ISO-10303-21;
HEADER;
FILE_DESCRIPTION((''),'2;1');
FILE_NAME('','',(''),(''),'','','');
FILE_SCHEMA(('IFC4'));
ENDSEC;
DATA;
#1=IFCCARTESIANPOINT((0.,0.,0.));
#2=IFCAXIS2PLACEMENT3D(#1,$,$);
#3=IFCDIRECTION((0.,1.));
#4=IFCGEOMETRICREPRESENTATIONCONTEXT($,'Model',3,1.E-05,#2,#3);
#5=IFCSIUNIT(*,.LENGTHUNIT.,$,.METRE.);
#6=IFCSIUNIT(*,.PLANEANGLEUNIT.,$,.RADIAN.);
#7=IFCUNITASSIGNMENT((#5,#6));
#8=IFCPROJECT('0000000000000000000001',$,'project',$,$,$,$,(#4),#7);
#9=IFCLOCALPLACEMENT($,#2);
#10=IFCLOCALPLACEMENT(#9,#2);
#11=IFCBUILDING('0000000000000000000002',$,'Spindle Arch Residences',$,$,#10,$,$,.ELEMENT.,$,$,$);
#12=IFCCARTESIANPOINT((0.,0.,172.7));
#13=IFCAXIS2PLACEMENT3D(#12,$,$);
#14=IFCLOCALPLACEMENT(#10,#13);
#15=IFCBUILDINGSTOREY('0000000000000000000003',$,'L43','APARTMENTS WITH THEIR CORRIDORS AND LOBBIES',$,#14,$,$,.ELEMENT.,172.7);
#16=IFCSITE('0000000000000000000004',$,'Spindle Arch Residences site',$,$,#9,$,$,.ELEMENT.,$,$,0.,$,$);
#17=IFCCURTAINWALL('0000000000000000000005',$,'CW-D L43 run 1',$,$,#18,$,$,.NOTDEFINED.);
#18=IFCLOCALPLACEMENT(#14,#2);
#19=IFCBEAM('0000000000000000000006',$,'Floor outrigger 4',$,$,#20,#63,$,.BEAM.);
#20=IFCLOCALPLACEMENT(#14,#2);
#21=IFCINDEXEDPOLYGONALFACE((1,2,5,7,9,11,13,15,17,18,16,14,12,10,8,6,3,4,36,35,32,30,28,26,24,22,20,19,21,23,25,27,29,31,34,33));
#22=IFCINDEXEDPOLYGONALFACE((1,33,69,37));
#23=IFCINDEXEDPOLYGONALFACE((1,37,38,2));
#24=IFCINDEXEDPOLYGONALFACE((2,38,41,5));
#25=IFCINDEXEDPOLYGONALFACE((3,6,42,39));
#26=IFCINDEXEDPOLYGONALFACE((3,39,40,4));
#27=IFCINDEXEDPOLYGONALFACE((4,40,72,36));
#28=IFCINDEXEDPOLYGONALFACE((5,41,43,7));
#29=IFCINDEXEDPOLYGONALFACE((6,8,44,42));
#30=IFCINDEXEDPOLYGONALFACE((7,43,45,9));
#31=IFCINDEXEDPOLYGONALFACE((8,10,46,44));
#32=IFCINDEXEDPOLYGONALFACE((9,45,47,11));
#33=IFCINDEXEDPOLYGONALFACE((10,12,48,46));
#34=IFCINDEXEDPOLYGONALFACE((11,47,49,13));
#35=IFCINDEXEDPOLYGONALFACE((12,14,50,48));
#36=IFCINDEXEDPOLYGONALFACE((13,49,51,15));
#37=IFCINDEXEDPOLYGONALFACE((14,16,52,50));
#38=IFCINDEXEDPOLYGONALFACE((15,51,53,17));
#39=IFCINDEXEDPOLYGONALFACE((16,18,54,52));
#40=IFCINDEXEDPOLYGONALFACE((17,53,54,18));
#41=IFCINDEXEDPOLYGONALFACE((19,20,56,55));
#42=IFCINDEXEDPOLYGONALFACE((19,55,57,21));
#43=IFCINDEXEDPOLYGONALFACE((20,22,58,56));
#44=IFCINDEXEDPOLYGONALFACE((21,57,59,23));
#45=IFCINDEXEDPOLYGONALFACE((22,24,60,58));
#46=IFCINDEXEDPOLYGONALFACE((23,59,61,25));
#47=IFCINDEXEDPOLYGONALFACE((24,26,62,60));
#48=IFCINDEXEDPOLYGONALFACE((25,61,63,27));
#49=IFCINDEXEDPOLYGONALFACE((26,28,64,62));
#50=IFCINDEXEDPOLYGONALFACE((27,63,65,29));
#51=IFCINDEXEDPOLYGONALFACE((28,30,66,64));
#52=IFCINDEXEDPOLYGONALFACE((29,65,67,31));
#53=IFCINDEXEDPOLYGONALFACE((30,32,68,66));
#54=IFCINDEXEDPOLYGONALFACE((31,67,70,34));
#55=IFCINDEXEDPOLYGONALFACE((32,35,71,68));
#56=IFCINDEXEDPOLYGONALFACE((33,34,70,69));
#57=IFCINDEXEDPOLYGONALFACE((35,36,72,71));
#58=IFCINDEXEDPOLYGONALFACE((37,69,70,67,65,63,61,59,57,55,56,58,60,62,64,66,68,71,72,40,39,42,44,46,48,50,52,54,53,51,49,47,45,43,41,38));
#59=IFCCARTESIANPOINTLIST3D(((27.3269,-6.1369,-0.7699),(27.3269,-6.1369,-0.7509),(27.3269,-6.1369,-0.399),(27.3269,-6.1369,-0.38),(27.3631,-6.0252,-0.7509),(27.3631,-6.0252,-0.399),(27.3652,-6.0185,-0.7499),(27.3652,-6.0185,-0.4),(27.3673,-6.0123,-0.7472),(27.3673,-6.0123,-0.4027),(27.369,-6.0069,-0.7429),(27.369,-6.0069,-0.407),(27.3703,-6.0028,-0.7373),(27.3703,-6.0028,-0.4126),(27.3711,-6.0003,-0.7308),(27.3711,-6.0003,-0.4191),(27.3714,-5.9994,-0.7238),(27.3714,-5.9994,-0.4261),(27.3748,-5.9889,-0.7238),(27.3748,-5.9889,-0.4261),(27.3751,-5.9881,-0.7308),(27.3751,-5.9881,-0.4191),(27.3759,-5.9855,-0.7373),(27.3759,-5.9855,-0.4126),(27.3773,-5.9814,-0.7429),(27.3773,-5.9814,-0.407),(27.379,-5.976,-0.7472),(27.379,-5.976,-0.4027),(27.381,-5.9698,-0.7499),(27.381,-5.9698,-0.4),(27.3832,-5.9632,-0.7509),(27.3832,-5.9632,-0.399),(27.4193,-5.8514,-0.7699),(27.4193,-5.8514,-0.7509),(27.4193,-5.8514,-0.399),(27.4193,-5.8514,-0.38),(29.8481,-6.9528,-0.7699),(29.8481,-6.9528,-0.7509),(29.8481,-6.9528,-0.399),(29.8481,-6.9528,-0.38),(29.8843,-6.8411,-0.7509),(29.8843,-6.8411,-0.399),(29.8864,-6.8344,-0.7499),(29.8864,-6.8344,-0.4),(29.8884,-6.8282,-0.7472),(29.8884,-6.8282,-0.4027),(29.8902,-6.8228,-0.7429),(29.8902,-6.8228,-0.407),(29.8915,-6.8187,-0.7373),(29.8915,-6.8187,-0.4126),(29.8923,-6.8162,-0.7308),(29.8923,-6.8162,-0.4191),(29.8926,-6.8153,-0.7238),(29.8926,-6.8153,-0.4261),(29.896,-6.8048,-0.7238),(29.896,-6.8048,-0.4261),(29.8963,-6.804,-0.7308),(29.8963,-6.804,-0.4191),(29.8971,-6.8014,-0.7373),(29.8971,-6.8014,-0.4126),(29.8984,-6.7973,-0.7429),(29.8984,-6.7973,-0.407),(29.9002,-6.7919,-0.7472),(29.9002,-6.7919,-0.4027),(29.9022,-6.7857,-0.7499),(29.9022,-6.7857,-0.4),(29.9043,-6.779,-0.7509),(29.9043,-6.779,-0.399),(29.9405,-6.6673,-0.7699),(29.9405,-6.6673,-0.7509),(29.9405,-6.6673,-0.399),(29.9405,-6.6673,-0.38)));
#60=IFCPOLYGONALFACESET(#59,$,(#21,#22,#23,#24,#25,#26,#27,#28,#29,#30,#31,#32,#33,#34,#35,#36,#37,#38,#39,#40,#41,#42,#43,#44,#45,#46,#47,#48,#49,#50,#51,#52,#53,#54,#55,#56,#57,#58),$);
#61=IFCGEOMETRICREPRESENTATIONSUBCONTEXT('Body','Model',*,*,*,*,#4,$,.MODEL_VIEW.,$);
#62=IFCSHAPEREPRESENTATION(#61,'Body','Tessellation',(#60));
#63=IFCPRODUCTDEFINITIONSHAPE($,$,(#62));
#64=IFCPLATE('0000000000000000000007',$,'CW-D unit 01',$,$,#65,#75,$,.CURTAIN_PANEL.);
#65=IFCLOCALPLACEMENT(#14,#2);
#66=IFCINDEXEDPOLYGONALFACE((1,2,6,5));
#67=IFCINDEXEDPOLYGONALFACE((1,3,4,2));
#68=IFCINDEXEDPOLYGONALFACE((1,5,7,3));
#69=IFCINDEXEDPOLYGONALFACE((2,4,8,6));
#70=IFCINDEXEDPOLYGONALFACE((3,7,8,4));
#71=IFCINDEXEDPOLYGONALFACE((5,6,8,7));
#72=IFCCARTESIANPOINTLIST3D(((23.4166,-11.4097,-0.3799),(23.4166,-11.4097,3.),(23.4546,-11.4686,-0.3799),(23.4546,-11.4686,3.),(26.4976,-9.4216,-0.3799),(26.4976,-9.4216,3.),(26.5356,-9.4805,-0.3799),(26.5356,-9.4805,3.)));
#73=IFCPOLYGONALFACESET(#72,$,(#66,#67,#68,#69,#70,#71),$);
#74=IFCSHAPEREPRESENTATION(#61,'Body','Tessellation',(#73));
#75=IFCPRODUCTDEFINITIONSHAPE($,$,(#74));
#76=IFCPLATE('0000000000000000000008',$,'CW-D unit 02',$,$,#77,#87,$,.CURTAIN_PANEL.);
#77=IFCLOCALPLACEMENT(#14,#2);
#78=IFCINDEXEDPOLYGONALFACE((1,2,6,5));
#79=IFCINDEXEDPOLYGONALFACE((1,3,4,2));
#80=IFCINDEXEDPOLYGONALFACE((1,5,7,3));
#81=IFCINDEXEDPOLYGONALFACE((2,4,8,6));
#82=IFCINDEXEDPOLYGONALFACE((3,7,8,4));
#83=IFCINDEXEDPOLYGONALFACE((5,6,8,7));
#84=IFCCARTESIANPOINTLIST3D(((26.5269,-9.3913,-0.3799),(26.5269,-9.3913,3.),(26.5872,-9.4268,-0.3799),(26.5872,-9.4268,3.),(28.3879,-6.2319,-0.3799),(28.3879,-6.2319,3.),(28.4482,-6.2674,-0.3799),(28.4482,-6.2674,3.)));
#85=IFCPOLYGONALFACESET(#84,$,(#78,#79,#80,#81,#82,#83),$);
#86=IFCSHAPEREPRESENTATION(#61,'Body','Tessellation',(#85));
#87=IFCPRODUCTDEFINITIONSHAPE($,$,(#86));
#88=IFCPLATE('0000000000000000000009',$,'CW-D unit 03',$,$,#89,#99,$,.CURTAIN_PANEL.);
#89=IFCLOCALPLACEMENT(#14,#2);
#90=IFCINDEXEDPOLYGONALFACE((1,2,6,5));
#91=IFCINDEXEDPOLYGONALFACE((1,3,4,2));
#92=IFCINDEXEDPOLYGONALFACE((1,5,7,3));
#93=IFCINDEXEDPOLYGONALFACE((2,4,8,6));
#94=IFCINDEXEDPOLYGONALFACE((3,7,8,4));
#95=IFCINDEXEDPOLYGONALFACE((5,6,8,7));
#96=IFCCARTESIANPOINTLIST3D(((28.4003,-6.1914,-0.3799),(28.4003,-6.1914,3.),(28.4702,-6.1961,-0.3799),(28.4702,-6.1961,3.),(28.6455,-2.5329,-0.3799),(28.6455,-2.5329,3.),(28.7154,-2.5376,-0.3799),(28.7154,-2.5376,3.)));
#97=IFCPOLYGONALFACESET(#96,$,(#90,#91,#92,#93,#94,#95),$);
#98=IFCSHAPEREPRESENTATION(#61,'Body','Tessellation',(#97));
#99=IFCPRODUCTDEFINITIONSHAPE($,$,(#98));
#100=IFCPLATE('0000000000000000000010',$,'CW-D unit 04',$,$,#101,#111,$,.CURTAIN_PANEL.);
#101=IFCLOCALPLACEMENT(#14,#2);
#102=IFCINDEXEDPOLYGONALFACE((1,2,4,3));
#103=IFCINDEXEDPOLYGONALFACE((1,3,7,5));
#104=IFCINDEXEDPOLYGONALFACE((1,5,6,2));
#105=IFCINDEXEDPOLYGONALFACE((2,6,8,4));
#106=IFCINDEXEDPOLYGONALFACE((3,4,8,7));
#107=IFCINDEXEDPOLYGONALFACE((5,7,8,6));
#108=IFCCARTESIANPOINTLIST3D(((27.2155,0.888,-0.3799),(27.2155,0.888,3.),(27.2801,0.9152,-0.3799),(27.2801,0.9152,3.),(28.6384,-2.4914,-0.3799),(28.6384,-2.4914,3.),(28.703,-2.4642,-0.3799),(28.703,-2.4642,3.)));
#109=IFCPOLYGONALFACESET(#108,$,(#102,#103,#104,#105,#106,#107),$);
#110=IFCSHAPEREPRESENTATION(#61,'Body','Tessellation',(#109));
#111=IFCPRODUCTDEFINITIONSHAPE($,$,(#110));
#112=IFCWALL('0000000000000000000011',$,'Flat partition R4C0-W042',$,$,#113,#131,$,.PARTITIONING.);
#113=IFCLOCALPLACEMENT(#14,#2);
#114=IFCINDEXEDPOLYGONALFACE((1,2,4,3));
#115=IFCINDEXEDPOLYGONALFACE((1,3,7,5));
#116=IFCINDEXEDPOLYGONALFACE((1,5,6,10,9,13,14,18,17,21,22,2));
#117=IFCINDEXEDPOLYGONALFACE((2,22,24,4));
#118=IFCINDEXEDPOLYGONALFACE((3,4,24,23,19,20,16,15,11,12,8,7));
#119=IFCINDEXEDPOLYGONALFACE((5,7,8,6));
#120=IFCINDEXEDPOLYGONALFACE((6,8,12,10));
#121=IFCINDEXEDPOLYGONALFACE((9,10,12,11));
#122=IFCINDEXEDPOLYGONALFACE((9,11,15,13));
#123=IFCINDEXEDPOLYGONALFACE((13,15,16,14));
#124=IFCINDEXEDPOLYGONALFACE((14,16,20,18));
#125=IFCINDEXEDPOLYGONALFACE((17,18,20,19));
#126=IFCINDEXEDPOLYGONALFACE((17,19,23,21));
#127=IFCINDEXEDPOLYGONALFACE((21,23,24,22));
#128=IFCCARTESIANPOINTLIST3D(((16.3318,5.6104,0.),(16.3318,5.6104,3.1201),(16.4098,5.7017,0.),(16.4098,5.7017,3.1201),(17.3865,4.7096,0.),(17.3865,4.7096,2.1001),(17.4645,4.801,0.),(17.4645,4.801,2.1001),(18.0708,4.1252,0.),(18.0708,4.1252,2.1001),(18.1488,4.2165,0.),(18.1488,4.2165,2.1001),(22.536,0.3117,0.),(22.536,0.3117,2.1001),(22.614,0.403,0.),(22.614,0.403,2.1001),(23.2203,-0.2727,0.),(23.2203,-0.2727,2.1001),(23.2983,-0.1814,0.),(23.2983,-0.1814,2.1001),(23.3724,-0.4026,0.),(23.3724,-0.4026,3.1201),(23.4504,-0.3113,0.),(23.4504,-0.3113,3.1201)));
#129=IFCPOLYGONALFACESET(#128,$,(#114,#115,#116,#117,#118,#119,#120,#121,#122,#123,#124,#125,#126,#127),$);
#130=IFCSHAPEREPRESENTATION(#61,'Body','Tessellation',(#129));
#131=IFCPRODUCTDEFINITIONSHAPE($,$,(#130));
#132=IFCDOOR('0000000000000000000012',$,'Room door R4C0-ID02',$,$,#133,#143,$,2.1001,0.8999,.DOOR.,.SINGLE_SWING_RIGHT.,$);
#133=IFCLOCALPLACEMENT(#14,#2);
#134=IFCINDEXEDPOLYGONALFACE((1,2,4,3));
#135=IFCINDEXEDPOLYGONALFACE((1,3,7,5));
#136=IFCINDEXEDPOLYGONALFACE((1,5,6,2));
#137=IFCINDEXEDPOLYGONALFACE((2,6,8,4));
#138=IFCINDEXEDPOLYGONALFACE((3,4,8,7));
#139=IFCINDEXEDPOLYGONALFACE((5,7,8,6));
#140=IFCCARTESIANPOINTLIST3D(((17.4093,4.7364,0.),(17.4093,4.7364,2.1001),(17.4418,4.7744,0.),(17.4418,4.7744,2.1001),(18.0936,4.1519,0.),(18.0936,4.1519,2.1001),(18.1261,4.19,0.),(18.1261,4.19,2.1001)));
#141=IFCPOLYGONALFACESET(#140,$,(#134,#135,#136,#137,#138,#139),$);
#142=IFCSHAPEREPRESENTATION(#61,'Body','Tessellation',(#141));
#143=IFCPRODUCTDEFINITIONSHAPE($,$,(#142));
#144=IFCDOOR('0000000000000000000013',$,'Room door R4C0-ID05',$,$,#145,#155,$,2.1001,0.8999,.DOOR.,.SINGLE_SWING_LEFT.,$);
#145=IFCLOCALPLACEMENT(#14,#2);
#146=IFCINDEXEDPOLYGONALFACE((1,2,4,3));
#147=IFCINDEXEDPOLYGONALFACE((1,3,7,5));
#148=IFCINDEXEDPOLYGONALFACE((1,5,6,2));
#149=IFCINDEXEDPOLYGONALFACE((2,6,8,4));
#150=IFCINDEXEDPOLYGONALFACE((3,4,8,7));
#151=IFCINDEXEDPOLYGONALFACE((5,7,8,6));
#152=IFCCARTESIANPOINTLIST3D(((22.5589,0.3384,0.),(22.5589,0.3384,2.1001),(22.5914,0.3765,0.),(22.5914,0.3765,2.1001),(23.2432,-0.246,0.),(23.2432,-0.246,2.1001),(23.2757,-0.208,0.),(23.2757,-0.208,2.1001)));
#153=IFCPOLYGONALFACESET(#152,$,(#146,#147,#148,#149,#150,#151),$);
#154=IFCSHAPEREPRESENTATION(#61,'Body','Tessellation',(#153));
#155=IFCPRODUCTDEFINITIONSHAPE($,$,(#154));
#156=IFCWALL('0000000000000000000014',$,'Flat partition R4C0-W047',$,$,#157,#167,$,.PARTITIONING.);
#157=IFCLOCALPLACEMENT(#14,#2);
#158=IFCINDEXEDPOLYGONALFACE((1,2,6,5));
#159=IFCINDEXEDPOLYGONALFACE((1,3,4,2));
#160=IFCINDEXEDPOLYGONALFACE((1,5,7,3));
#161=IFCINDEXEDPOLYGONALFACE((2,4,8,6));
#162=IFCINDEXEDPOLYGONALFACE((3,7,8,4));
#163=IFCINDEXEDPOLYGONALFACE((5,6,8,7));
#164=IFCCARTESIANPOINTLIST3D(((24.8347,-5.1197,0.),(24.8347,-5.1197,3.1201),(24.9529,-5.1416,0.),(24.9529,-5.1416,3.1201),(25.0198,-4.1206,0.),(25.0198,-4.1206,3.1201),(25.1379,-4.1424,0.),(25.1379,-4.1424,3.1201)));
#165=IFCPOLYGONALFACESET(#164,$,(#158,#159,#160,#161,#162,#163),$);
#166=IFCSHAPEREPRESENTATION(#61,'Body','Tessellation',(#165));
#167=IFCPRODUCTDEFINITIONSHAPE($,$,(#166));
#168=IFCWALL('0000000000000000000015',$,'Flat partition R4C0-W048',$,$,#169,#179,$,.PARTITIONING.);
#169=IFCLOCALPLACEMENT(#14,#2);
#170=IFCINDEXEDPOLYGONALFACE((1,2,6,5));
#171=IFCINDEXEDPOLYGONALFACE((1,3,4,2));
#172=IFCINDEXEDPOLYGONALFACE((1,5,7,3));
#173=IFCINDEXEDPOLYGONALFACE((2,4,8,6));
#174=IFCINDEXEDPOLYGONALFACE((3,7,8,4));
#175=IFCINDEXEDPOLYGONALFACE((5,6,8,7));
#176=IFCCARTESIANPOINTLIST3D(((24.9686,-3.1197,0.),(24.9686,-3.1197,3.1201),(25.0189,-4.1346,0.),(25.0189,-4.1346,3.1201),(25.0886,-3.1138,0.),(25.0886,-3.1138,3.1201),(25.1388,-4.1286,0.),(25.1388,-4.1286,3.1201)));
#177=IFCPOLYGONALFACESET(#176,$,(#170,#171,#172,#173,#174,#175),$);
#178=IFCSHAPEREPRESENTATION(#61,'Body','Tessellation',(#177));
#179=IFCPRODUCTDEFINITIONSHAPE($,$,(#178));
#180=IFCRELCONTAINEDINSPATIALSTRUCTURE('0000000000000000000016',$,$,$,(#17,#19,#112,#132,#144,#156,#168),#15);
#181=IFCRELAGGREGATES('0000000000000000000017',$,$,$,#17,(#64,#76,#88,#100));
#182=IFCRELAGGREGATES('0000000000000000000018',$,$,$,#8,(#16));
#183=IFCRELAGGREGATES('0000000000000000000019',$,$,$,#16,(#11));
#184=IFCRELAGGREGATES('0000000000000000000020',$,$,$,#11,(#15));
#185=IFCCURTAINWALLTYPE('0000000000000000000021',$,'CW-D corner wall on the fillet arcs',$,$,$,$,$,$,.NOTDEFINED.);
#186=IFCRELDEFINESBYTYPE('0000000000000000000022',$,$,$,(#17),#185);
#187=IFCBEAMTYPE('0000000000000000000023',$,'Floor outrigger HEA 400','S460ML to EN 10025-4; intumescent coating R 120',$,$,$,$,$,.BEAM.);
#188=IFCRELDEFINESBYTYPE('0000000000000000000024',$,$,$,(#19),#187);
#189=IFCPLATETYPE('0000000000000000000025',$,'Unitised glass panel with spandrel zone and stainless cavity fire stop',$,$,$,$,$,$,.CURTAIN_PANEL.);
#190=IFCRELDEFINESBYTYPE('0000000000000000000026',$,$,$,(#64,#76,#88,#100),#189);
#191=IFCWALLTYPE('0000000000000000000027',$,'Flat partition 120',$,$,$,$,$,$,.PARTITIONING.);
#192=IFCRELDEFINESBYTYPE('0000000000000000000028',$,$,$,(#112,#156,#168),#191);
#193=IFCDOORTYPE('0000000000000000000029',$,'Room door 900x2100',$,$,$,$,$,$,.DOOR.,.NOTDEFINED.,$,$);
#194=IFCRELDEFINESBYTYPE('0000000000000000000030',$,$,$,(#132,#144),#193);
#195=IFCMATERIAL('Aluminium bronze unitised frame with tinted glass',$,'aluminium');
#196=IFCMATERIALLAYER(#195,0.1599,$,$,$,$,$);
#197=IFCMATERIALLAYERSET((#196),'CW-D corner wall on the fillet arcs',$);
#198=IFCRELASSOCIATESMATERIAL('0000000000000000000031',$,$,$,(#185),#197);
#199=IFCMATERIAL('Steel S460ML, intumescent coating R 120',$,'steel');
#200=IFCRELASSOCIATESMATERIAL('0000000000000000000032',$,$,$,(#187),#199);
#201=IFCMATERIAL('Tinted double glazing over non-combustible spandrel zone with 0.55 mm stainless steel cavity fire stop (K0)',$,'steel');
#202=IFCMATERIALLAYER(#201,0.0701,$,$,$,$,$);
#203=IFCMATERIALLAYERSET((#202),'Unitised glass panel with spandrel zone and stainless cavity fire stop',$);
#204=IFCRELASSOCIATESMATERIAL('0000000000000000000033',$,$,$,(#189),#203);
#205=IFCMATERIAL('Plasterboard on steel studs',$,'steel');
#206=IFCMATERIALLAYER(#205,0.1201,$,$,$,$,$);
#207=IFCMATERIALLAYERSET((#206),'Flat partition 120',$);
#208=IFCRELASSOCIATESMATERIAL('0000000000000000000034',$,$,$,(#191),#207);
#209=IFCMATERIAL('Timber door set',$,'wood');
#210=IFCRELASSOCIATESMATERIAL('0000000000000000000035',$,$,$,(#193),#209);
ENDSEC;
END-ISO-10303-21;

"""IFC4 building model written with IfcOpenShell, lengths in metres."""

from ifc_helpers import new_model, si_unit, direction, frame, frame_2d, origin, origin_2d, place, context, subcontext, project, spatial, rectangle, i_section, extrude, material, layer, layer_set, material_profile, profile_set, type_object, element, fill, aggregate, save


model = new_model("IFC4")

# Units and contexts
model_context = context("Model", 3, precision=1e-05, world=origin(), true_north=direction((0.0, 1.0)))
body_context = subcontext(model_context, "Body", "Model", "MODEL_VIEW")
ifc_project = project(units=[si_unit("LENGTHUNIT", "METRE"), si_unit("PLANEANGLEUNIT", "RADIAN")], contexts=[model_context])

# Site, building, storey
site_placement = place(None, origin())
site = spatial("IfcSite", under=ifc_project, at=site_placement, Name="Spindle Arch Residences site", CompositionType="ELEMENT", RefElevation=0.0)
building_placement = place(site_placement, origin())
building = spatial("IfcBuilding", under=site, at=building_placement, Name="Spindle Arch Residences", CompositionType="ELEMENT")
storey_placement = place(building_placement, frame((0.0, 0.0, 172.7)))
storey = spatial("IfcBuildingStorey", under=building, at=storey_placement, Name="L43", Description="APARTMENTS WITH THEIR CORRIDORS AND LOBBIES", CompositionType="ELEMENT", Elevation=172.7)

# Curtain wall
ifc_material_1 = material(Name="Aluminium bronze unitised frame with tinted glass", Category="aluminium")
ifc_layer_1 = layer(ifc_material_1, 0.1599)
ifc_layer_set_1 = layer_set([ifc_layer_1], Name="CW-D corner wall on the fillet arcs")
curtain_wall_type = type_object("IfcCurtainWallType", Name="CW-D corner wall on the fillet arcs", PredefinedType="NOTDEFINED", material=ifc_layer_set_1)
curtain_wall_placement = place(storey_placement, origin())
curtain_wall = element("IfcCurtainWall", 1, at=curtain_wall_placement, inside=storey, type_object=curtain_wall_type, Name="CW-D L43 run 1", PredefinedType="NOTDEFINED")

# Beam
ifc_material_2 = material(Name="Steel S460ML, intumescent coating R 120", Category="steel")
ifc_material_profile_1 = material_profile(ifc_material_2, i_section(OverallWidth=0.3, OverallDepth=0.3899, WebThickness=0.011, FlangeThickness=0.019, FilletRadius=0.0271, at=origin_2d()), Name="HEA 400")
ifc_profile_set_1 = profile_set([ifc_material_profile_1], Name="Steel S460ML, intumescent coating R 120")
beam_type_1 = type_object("IfcBeamType", Name="Floor outrigger HEA 400", Description="S460ML to EN 10025-4; intumescent coating R 120", PredefinedType="BEAM", material=ifc_profile_set_1)
beam_1_placement = place(storey_placement, frame((29.8943, -6.8101, -0.575), z_axis=(-0.95142, 0.307896, 0.0), x_axis=(-0.307896, -0.95142, 0.0)))
element("IfcBeam", 2, at=beam_1_placement, inside=storey, type_object=beam_type_1, Name="Floor outrigger 4", PredefinedType="BEAM", context=body_context, shape_type="SweptSolid", body=[
    extrude(i_section(OverallWidth=0.3, OverallDepth=0.3899, WebThickness=0.011, FlangeThickness=0.019, FilletRadius=0.0271, at=origin_2d()), origin(), (0.0, 0.0, 1.0), 2.6499),
])

# Plates
ifc_material_3 = material(Name="Tinted double glazing over non-combustible spandrel zone with 0.55 mm stainless steel cavity fire stop (K0)", Category="steel")
ifc_layer_2 = layer(ifc_material_3, 0.0701)
ifc_layer_set_2 = layer_set([ifc_layer_2], Name="Unitised glass panel with spandrel zone and stainless cavity fire stop")
plate_type = type_object("IfcPlateType", Name="Unitised glass panel with spandrel zone and stainless cavity fire stop", PredefinedType="CURTAIN_PANEL", material=ifc_layer_set_2)
plate_1_placement = place(storey_placement, frame((24.9761, -10.4451, -0.3799), z_axis=(0.0, 0.0, 1.0), x_axis=(0.840251, 0.542197, 0.0)))
plate_1 = element("IfcPlate", 3, at=plate_1_placement, type_object=plate_type, Name="CW-D unit 01", PredefinedType="CURTAIN_PANEL", context=body_context, shape_type="SweptSolid", body=[
    extrude(rectangle(XDim=3.6667, YDim=0.0701, at=origin_2d()), origin(), (0.0, 0.0, 1.0), 3.3799),
])
plate_2_placement = place(storey_placement, frame((27.4875, -7.8293, -0.3799), z_axis=(0.0, 0.0, 1.0), x_axis=(0.507538, 0.861629, 0.0)))
plate_2 = element("IfcPlate", 4, at=plate_2_placement, type_object=plate_type, Name="CW-D unit 02", PredefinedType="CURTAIN_PANEL", context=body_context, shape_type="SweptSolid", body=[
    extrude(rectangle(XDim=3.6667, YDim=0.0701, at=origin_2d()), origin(), (0.0, 0.0, 1.0), 3.3799),
])
plate_3_placement = place(storey_placement, frame((28.5579, -4.3645, -0.3799), z_axis=(0.0, 0.0, 1.0), x_axis=(0.066854, 0.997763, 0.0)))
plate_3 = element("IfcPlate", 5, at=plate_3_placement, type_object=plate_type, Name="CW-D unit 03", PredefinedType="CURTAIN_PANEL", context=body_context, shape_type="SweptSolid", body=[
    extrude(rectangle(XDim=3.6667, YDim=0.0701, at=origin_2d()), origin(), (0.0, 0.0, 1.0), 3.3799),
])
plate_4_placement = place(storey_placement, frame((27.9592, -0.7881, -0.3799), z_axis=(0.0, 0.0, 1.0), x_axis=(-0.388052, 0.921638, 0.0)))
plate_4 = element("IfcPlate", 6, at=plate_4_placement, type_object=plate_type, Name="CW-D unit 04", PredefinedType="CURTAIN_PANEL", context=body_context, shape_type="SweptSolid", body=[
    extrude(rectangle(XDim=3.6667, YDim=0.0701, at=origin_2d()), origin(), (0.0, 0.0, 1.0), 3.3799),
])
aggregate(curtain_wall, [plate_1, plate_2, plate_3, plate_4])

# Wall, openings, doors
ifc_material_4 = material(Name="Plasterboard on steel studs", Category="steel")
ifc_layer_3 = layer(ifc_material_4, 0.1201)
ifc_layer_set_3 = layer_set([ifc_layer_3], Name="Flat partition 120")
wall_type = type_object("IfcWallType", Name="Flat partition 120", PredefinedType="PARTITIONING", material=ifc_layer_set_3)
wall_1_placement = place(storey_placement, frame((23.4114, -0.3569, 0.0), z_axis=(0.0, 0.0, 1.0), x_axis=(-0.760419, 0.649433, 0.0)))
wall_1 = element("IfcWall", 7, at=wall_1_placement, inside=storey, type_object=wall_type, Name="Flat partition R4C0-W042", PredefinedType="PARTITIONING", context=body_context, shape_type="SweptSolid", body=[
    extrude(rectangle(XDim=9.2588, YDim=0.1201, at=frame_2d((4.6294, 0.0))), origin(), (0.0, 0.0, 1.0), 3.1201),
])
opening_1_placement = place(wall_1_placement, frame((6.9719, 0.0, 0.0)))
opening_1 = element("IfcOpeningElement", 8, at=opening_1_placement, cuts=wall_1, PredefinedType="OPENING", context=body_context, shape_type="SweptSolid", body=[
    extrude(rectangle(XDim=0.8999, YDim=2.1001, at=frame_2d((0.45, 1.05))), frame((0.0, 0.0701, 0.0), z_axis=(0.0, -1.0, 0.0), x_axis=(1.0, 0.0, 0.0)), (0.0, 0.0, 1.0), 0.1401),
])
opening_2_placement = place(wall_1_placement, frame((0.2, 0.0, 0.0)))
opening_2 = element("IfcOpeningElement", 9, at=opening_2_placement, cuts=wall_1, PredefinedType="OPENING", context=body_context, shape_type="SweptSolid", body=[
    extrude(rectangle(XDim=0.8999, YDim=2.1001, at=frame_2d((0.45, 1.05))), frame((0.0, 0.0701, 0.0), z_axis=(0.0, -1.0, 0.0), x_axis=(1.0, 0.0, 0.0)), (0.0, 0.0, 1.0), 0.1401),
])
ifc_material_5 = material(Name="Timber door set", Category="wood")
door_type = type_object("IfcDoorType", Name="Room door 900x2100", OperationType="NOTDEFINED", PredefinedType="DOOR", material=ifc_material_5)
door_1_placement = place(opening_1_placement, origin())
door_1 = element("IfcDoor", 10, at=door_1_placement, inside=storey, type_object=door_type, Name="Room door R4C0-ID02", OperationType="SINGLE_SWING_RIGHT", OverallHeight=2.1001, OverallWidth=0.8999, PredefinedType="DOOR", context=body_context, shape_type="SweptSolid", body=[
    extrude(rectangle(XDim=0.8999, YDim=2.1001, at=frame_2d((0.45, 1.05))), frame((0.0, 0.0249, 0.0), z_axis=(0.0, -1.0, 0.0), x_axis=(1.0, 0.0, 0.0)), (0.0, 0.0, 1.0), 0.05),
])
fill(opening_1, door_1)
door_2_placement = place(opening_2_placement, origin())
door_2 = element("IfcDoor", 11, at=door_2_placement, inside=storey, type_object=door_type, Name="Room door R4C0-ID05", OperationType="SINGLE_SWING_LEFT", OverallHeight=2.1001, OverallWidth=0.8999, PredefinedType="DOOR", context=body_context, shape_type="SweptSolid", body=[
    extrude(rectangle(XDim=0.8999, YDim=2.1001, at=frame_2d((0.45, 1.05))), frame((0.0, 0.0249, 0.0), z_axis=(0.0, -1.0, 0.0), x_axis=(1.0, 0.0, 0.0)), (0.0, 0.0, 1.0), 0.05),
])
fill(opening_2, door_2)

# Walls
for number, where, z_axis, x_axis, name in (
    (12, (24.8938, -5.1306, 0.0), (0.0, 0.0, 1.0), (0.182141, 0.983272, 0.0), "Flat partition R4C0-W047"),
    (13, (25.0789, -4.1316, 0.0), (0.0, 0.0, 1.0), (-0.049494, 0.998774, 0.0), "Flat partition R4C0-W048"),
):
    element("IfcWall", number, at=place(storey_placement, frame(where, z_axis=z_axis, x_axis=x_axis)), inside=storey, type_object=wall_type, Name=name, PredefinedType="PARTITIONING", context=body_context, shape_type="SweptSolid", body=[
        extrude(rectangle(XDim=1.0161, YDim=0.1201, at=frame_2d((0.5081, 0.0))), origin(), (0.0, 0.0, 1.0), 3.1201),
    ])

save(model, "model.ifc")
